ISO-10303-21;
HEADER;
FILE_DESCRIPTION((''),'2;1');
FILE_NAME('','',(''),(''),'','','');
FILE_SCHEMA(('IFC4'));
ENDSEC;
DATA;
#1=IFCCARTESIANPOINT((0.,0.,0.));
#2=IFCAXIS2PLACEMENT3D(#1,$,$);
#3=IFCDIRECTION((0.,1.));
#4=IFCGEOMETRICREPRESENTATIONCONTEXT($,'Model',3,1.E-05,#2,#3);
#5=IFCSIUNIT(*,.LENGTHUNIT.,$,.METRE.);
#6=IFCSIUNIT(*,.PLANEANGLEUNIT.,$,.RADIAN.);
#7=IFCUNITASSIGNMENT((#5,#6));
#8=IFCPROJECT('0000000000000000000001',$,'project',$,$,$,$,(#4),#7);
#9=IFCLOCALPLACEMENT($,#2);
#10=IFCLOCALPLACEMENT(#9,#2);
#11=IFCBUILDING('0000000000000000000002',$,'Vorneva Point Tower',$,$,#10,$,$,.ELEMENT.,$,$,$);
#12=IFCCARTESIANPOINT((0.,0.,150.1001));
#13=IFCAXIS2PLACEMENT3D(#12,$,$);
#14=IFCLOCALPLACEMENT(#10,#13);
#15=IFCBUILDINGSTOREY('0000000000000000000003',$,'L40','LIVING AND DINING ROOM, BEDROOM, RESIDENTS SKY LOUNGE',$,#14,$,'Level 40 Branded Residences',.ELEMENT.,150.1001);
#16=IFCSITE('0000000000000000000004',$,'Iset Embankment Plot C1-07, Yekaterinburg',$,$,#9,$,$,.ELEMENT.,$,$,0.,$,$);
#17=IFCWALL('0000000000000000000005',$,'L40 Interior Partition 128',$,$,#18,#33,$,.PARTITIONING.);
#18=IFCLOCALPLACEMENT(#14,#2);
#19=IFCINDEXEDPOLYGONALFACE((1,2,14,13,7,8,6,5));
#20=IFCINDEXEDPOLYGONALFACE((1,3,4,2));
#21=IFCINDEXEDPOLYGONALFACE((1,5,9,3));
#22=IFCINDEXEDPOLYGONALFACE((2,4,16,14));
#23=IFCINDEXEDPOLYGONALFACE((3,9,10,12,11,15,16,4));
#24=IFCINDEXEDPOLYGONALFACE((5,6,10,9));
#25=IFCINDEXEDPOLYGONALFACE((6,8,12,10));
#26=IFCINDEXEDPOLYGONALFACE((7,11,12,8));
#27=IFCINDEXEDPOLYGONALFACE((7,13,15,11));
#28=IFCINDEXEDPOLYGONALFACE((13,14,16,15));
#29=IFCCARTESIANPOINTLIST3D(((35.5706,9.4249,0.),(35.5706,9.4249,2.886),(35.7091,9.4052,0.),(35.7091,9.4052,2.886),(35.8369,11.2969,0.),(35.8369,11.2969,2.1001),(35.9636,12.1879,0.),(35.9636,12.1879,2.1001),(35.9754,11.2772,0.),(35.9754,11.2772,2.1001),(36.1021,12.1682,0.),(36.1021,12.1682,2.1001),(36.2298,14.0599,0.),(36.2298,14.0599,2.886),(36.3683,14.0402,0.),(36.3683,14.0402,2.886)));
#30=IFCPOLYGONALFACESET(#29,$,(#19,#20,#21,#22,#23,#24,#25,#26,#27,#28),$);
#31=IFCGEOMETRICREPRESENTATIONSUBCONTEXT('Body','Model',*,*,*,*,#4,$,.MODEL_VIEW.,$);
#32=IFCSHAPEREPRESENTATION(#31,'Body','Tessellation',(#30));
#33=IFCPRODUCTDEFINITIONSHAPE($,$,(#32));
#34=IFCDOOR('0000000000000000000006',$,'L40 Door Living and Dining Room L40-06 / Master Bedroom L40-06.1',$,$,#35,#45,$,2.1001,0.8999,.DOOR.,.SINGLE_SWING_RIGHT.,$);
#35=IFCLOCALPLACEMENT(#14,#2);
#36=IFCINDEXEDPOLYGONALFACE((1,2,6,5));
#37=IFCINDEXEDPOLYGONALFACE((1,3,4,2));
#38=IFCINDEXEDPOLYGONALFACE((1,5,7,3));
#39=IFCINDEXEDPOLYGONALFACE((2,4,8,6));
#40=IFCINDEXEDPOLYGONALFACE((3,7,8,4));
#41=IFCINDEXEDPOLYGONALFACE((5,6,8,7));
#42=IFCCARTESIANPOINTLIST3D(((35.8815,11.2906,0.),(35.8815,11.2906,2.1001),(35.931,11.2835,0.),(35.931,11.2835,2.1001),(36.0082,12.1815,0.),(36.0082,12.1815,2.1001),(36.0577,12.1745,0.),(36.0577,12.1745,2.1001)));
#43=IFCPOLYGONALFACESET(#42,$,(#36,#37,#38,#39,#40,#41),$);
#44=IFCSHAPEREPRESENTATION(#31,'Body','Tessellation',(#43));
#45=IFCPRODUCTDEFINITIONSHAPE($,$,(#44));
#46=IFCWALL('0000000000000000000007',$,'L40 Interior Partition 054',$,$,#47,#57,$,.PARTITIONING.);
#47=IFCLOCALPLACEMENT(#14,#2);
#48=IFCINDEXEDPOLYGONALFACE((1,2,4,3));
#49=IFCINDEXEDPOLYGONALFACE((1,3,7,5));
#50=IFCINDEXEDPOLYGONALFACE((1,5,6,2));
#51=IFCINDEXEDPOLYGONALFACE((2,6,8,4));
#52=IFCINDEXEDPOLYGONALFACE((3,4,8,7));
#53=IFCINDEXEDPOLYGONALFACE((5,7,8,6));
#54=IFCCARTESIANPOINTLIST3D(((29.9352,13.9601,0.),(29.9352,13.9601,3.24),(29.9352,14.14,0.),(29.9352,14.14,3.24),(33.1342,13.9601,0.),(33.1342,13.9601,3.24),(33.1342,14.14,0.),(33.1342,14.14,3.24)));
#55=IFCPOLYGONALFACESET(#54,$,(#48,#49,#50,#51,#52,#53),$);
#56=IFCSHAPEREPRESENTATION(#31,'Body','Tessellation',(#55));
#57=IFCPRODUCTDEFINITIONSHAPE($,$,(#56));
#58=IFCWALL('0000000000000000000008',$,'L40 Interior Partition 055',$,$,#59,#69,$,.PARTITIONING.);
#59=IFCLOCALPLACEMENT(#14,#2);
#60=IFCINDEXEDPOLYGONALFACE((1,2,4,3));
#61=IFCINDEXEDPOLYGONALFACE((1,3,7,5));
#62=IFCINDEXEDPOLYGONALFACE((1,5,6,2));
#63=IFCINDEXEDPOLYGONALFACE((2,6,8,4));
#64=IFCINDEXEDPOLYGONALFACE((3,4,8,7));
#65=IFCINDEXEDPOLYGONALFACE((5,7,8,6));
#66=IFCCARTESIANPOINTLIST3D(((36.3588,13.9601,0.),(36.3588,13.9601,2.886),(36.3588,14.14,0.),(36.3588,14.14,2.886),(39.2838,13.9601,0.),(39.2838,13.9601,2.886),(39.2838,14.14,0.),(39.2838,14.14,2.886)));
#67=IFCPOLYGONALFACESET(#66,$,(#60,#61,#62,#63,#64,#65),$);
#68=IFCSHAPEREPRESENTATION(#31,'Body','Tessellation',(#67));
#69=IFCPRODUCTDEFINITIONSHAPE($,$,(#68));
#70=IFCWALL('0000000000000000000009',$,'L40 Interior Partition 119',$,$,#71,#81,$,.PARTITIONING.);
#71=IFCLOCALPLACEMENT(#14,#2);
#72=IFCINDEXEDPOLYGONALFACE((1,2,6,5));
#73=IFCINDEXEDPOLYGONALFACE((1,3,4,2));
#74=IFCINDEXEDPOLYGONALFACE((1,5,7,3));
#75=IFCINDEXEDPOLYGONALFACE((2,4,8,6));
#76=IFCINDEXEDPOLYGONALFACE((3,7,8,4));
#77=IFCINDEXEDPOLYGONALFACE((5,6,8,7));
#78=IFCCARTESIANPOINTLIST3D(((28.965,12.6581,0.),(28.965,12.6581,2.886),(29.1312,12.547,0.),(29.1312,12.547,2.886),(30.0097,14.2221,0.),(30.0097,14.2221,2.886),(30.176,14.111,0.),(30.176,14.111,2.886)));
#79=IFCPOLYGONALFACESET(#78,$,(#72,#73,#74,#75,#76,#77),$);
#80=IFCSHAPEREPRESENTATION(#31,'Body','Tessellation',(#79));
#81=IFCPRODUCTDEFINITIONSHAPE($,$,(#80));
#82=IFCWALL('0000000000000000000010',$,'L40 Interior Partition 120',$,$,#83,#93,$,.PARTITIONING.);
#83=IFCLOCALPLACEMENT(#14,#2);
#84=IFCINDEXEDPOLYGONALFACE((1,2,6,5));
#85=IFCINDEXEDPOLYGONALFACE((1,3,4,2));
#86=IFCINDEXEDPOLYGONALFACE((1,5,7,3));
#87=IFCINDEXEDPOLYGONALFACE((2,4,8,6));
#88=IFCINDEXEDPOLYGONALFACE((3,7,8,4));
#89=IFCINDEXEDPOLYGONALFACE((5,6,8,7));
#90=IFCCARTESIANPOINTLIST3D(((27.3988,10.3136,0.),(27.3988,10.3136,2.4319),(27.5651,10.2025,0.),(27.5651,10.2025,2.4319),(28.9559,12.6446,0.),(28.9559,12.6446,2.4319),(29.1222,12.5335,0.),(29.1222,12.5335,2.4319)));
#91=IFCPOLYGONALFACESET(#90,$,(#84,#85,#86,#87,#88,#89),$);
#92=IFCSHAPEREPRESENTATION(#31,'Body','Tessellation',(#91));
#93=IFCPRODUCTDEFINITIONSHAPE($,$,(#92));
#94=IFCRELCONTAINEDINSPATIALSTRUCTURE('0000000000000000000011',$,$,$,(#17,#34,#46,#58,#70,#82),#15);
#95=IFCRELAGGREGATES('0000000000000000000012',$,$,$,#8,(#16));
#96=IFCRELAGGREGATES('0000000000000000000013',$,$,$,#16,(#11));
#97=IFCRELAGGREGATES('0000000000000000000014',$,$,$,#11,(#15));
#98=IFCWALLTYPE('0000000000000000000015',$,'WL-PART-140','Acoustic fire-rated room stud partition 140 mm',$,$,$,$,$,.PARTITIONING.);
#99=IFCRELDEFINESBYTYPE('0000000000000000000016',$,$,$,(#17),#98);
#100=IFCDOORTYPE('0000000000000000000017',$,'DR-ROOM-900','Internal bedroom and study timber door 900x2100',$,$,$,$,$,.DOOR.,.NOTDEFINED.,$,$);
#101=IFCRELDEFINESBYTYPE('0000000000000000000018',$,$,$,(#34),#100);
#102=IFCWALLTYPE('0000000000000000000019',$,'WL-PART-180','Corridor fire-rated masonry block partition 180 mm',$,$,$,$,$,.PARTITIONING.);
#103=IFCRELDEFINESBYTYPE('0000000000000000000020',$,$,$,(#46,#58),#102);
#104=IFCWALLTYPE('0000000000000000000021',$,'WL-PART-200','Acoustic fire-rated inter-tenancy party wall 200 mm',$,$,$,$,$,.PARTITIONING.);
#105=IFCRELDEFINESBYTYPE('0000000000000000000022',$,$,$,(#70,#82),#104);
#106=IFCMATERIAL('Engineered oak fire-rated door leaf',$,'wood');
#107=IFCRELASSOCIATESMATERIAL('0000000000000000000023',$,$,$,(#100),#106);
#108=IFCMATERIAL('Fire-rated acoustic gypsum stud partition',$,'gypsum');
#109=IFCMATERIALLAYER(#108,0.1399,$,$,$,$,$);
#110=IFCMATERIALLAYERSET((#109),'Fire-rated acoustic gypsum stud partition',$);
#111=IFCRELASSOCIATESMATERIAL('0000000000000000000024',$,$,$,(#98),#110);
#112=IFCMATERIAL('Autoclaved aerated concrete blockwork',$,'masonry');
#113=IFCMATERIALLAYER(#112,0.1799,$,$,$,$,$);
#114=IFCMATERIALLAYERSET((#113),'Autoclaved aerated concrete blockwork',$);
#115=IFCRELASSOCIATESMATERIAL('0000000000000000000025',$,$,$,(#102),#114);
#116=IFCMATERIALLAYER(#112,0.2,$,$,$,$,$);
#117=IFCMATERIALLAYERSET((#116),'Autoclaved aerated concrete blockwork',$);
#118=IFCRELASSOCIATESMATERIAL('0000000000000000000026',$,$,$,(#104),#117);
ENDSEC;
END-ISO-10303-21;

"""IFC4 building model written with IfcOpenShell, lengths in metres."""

from ifc_helpers import new_model, si_unit, direction, frame, frame_2d, origin, place, context, subcontext, project, spatial, rectangle, extrude, material, layer, layer_set, type_object, element, fill, save


model = new_model("IFC4")

# Units and contexts
model_context = context("Model", 3, precision=1e-05, world=origin(), true_north=direction((0.0, 1.0)))
body_context = subcontext(model_context, "Body", "Model", "MODEL_VIEW")
ifc_project = project(units=[si_unit("LENGTHUNIT", "METRE"), si_unit("PLANEANGLEUNIT", "RADIAN")], contexts=[model_context])

# Site, building, storey
site_placement = place(None, origin())
site = spatial("IfcSite", under=ifc_project, at=site_placement, Name="Iset Embankment Plot C1-07, Yekaterinburg", CompositionType="ELEMENT", RefElevation=0.0)
building_placement = place(site_placement, origin())
building = spatial("IfcBuilding", under=site, at=building_placement, Name="Vorneva Point Tower", CompositionType="ELEMENT")
storey_placement = place(building_placement, frame((0.0, 0.0, 150.1001)))
storey = spatial("IfcBuildingStorey", under=building, at=storey_placement, Name="L40", Description="LIVING AND DINING ROOM, BEDROOM, RESIDENTS SKY LOUNGE", LongName="Level 40 Branded Residences", CompositionType="ELEMENT", Elevation=150.1001)

# Shared definitions
ifc_material_1 = material(Name="Fire-rated acoustic gypsum stud partition", Category="gypsum")
ifc_material_2 = material(Name="Engineered oak fire-rated door leaf", Category="wood")

# Shared definitions
door_type_1 = type_object("IfcDoorType", Name="DR-ROOM-900", Description="Internal bedroom and study timber door 900x2100", OperationType="NOTDEFINED", PredefinedType="DOOR", material=ifc_material_2)

# Shared definitions
ifc_layer_1 = layer(ifc_material_1, 0.1399)
ifc_layer_set_1 = layer_set([ifc_layer_1], Name="Fire-rated acoustic gypsum stud partition")
wall_type_1 = type_object("IfcWallType", Name="WL-PART-140", Description="Acoustic fire-rated room stud partition 140 mm", PredefinedType="PARTITIONING", material=ifc_layer_set_1)

# Wall, opening, door
wall_1_placement = place(storey_placement, frame((35.6399, 9.415, 0.0), z_axis=(0.0, 0.0, 1.0), x_axis=(0.140801, 0.990038, 0.0)))
wall_1 = element("IfcWall", 1, at=wall_1_placement, inside=storey, type_object=wall_type_1, Name="L40 Interior Partition 128", PredefinedType="PARTITIONING", context=body_context, shape_type="SweptSolid", body=[
    extrude(rectangle(XDim=4.6816, YDim=0.1399, at=frame_2d((2.3408, 0.0))), origin(), (0.0, 0.0, 1.0), 2.886),
])
opening_1_placement = place(wall_1_placement, frame((1.8909, 0.0, 0.0)))
opening_1 = element("IfcOpeningElement", 2, at=opening_1_placement, cuts=wall_1, PredefinedType="OPENING", context=body_context, shape_type="SweptSolid", body=[
    extrude(rectangle(XDim=0.8999, YDim=2.1001, at=frame_2d((0.45, 1.05))), frame((0.0, 0.085, 0.0), z_axis=(0.0, -1.0, 0.0), x_axis=(1.0, 0.0, 0.0)), (0.0, 0.0, 1.0), 0.1697),
])
door_1_placement = place(opening_1_placement, origin())
door_1 = element("IfcDoor", 3, at=door_1_placement, inside=storey, type_object=door_type_1, Name="L40 Door Living and Dining Room L40-06 / Master Bedroom L40-06.1", OperationType="SINGLE_SWING_RIGHT", OverallHeight=2.1001, OverallWidth=0.8999, PredefinedType="DOOR", context=body_context, shape_type="SweptSolid", body=[
    extrude(rectangle(XDim=0.8999, YDim=2.1001, at=frame_2d((0.45, 1.05))), frame((0.0, 0.0249, 0.0), z_axis=(0.0, -1.0, 0.0), x_axis=(1.0, 0.0, 0.0)), (0.0, 0.0, 1.0), 0.05),
])
fill(opening_1, door_1)
ifc_material_3 = material(Name="Autoclaved aerated concrete blockwork", Category="masonry")
ifc_layer_2 = layer(ifc_material_3, 0.1799)
ifc_layer_set_2 = layer_set([ifc_layer_2], Name="Autoclaved aerated concrete blockwork")
wall_type_2 = type_object("IfcWallType", Name="WL-PART-180", Description="Corridor fire-rated masonry block partition 180 mm", PredefinedType="PARTITIONING", material=ifc_layer_set_2)

# Walls
wall_2_placement = place(storey_placement, frame((29.9351, 14.05, 0.0), z_axis=(0.0, 0.0, 1.0), x_axis=(1.0, 0.0, 0.0)))
element("IfcWall", 4, at=wall_2_placement, inside=storey, type_object=wall_type_2, Name="L40 Interior Partition 054", PredefinedType="PARTITIONING", context=body_context, shape_type="SweptSolid", body=[
    extrude(rectangle(XDim=3.199, YDim=0.1799, at=frame_2d((1.5996, 0.0))), origin(), (0.0, 0.0, 1.0), 3.24),
])
wall_3_placement = place(storey_placement, frame((36.3589, 14.05, 0.0), z_axis=(0.0, 0.0, 1.0), x_axis=(1.0, 0.0, 0.0)))
element("IfcWall", 5, at=wall_3_placement, inside=storey, type_object=wall_type_2, Name="L40 Interior Partition 055", PredefinedType="PARTITIONING", context=body_context, shape_type="SweptSolid", body=[
    extrude(rectangle(XDim=2.925, YDim=0.1799, at=frame_2d((1.4624, 0.0))), origin(), (0.0, 0.0, 1.0), 2.886),
])
ifc_layer_3 = layer(ifc_material_3, 0.2)
ifc_layer_set_3 = layer_set([ifc_layer_3], Name="Autoclaved aerated concrete blockwork")
wall_type_3 = type_object("IfcWallType", Name="WL-PART-200", Description="Acoustic fire-rated inter-tenancy party wall 200 mm", PredefinedType="PARTITIONING", material=ifc_layer_set_3)
wall_4_placement = place(storey_placement, frame((29.0481, 12.6025, 0.0), z_axis=(0.0, 0.0, 1.0), x_axis=(0.555449, 0.831551, 0.0)))
element("IfcWall", 6, at=wall_4_placement, inside=storey, type_object=wall_type_3, Name="L40 Interior Partition 119", PredefinedType="PARTITIONING", context=body_context, shape_type="SweptSolid", body=[
    extrude(rectangle(XDim=1.8809, YDim=0.2, at=frame_2d((0.9404, 0.0))), origin(), (0.0, 0.0, 1.0), 2.886),
])
wall_5_placement = place(storey_placement, frame((27.4819, 10.2581, 0.0), z_axis=(0.0, 0.0, 1.0), x_axis=(0.555464, 0.831541, 0.0)))
element("IfcWall", 7, at=wall_5_placement, inside=storey, type_object=wall_type_3, Name="L40 Interior Partition 120", PredefinedType="PARTITIONING", context=body_context, shape_type="SweptSolid", body=[
    extrude(rectangle(XDim=2.8032, YDim=0.2, at=frame_2d((1.4016, 0.0))), origin(), (0.0, 0.0, 1.0), 2.4319),
])

save(model, "model.ifc")
